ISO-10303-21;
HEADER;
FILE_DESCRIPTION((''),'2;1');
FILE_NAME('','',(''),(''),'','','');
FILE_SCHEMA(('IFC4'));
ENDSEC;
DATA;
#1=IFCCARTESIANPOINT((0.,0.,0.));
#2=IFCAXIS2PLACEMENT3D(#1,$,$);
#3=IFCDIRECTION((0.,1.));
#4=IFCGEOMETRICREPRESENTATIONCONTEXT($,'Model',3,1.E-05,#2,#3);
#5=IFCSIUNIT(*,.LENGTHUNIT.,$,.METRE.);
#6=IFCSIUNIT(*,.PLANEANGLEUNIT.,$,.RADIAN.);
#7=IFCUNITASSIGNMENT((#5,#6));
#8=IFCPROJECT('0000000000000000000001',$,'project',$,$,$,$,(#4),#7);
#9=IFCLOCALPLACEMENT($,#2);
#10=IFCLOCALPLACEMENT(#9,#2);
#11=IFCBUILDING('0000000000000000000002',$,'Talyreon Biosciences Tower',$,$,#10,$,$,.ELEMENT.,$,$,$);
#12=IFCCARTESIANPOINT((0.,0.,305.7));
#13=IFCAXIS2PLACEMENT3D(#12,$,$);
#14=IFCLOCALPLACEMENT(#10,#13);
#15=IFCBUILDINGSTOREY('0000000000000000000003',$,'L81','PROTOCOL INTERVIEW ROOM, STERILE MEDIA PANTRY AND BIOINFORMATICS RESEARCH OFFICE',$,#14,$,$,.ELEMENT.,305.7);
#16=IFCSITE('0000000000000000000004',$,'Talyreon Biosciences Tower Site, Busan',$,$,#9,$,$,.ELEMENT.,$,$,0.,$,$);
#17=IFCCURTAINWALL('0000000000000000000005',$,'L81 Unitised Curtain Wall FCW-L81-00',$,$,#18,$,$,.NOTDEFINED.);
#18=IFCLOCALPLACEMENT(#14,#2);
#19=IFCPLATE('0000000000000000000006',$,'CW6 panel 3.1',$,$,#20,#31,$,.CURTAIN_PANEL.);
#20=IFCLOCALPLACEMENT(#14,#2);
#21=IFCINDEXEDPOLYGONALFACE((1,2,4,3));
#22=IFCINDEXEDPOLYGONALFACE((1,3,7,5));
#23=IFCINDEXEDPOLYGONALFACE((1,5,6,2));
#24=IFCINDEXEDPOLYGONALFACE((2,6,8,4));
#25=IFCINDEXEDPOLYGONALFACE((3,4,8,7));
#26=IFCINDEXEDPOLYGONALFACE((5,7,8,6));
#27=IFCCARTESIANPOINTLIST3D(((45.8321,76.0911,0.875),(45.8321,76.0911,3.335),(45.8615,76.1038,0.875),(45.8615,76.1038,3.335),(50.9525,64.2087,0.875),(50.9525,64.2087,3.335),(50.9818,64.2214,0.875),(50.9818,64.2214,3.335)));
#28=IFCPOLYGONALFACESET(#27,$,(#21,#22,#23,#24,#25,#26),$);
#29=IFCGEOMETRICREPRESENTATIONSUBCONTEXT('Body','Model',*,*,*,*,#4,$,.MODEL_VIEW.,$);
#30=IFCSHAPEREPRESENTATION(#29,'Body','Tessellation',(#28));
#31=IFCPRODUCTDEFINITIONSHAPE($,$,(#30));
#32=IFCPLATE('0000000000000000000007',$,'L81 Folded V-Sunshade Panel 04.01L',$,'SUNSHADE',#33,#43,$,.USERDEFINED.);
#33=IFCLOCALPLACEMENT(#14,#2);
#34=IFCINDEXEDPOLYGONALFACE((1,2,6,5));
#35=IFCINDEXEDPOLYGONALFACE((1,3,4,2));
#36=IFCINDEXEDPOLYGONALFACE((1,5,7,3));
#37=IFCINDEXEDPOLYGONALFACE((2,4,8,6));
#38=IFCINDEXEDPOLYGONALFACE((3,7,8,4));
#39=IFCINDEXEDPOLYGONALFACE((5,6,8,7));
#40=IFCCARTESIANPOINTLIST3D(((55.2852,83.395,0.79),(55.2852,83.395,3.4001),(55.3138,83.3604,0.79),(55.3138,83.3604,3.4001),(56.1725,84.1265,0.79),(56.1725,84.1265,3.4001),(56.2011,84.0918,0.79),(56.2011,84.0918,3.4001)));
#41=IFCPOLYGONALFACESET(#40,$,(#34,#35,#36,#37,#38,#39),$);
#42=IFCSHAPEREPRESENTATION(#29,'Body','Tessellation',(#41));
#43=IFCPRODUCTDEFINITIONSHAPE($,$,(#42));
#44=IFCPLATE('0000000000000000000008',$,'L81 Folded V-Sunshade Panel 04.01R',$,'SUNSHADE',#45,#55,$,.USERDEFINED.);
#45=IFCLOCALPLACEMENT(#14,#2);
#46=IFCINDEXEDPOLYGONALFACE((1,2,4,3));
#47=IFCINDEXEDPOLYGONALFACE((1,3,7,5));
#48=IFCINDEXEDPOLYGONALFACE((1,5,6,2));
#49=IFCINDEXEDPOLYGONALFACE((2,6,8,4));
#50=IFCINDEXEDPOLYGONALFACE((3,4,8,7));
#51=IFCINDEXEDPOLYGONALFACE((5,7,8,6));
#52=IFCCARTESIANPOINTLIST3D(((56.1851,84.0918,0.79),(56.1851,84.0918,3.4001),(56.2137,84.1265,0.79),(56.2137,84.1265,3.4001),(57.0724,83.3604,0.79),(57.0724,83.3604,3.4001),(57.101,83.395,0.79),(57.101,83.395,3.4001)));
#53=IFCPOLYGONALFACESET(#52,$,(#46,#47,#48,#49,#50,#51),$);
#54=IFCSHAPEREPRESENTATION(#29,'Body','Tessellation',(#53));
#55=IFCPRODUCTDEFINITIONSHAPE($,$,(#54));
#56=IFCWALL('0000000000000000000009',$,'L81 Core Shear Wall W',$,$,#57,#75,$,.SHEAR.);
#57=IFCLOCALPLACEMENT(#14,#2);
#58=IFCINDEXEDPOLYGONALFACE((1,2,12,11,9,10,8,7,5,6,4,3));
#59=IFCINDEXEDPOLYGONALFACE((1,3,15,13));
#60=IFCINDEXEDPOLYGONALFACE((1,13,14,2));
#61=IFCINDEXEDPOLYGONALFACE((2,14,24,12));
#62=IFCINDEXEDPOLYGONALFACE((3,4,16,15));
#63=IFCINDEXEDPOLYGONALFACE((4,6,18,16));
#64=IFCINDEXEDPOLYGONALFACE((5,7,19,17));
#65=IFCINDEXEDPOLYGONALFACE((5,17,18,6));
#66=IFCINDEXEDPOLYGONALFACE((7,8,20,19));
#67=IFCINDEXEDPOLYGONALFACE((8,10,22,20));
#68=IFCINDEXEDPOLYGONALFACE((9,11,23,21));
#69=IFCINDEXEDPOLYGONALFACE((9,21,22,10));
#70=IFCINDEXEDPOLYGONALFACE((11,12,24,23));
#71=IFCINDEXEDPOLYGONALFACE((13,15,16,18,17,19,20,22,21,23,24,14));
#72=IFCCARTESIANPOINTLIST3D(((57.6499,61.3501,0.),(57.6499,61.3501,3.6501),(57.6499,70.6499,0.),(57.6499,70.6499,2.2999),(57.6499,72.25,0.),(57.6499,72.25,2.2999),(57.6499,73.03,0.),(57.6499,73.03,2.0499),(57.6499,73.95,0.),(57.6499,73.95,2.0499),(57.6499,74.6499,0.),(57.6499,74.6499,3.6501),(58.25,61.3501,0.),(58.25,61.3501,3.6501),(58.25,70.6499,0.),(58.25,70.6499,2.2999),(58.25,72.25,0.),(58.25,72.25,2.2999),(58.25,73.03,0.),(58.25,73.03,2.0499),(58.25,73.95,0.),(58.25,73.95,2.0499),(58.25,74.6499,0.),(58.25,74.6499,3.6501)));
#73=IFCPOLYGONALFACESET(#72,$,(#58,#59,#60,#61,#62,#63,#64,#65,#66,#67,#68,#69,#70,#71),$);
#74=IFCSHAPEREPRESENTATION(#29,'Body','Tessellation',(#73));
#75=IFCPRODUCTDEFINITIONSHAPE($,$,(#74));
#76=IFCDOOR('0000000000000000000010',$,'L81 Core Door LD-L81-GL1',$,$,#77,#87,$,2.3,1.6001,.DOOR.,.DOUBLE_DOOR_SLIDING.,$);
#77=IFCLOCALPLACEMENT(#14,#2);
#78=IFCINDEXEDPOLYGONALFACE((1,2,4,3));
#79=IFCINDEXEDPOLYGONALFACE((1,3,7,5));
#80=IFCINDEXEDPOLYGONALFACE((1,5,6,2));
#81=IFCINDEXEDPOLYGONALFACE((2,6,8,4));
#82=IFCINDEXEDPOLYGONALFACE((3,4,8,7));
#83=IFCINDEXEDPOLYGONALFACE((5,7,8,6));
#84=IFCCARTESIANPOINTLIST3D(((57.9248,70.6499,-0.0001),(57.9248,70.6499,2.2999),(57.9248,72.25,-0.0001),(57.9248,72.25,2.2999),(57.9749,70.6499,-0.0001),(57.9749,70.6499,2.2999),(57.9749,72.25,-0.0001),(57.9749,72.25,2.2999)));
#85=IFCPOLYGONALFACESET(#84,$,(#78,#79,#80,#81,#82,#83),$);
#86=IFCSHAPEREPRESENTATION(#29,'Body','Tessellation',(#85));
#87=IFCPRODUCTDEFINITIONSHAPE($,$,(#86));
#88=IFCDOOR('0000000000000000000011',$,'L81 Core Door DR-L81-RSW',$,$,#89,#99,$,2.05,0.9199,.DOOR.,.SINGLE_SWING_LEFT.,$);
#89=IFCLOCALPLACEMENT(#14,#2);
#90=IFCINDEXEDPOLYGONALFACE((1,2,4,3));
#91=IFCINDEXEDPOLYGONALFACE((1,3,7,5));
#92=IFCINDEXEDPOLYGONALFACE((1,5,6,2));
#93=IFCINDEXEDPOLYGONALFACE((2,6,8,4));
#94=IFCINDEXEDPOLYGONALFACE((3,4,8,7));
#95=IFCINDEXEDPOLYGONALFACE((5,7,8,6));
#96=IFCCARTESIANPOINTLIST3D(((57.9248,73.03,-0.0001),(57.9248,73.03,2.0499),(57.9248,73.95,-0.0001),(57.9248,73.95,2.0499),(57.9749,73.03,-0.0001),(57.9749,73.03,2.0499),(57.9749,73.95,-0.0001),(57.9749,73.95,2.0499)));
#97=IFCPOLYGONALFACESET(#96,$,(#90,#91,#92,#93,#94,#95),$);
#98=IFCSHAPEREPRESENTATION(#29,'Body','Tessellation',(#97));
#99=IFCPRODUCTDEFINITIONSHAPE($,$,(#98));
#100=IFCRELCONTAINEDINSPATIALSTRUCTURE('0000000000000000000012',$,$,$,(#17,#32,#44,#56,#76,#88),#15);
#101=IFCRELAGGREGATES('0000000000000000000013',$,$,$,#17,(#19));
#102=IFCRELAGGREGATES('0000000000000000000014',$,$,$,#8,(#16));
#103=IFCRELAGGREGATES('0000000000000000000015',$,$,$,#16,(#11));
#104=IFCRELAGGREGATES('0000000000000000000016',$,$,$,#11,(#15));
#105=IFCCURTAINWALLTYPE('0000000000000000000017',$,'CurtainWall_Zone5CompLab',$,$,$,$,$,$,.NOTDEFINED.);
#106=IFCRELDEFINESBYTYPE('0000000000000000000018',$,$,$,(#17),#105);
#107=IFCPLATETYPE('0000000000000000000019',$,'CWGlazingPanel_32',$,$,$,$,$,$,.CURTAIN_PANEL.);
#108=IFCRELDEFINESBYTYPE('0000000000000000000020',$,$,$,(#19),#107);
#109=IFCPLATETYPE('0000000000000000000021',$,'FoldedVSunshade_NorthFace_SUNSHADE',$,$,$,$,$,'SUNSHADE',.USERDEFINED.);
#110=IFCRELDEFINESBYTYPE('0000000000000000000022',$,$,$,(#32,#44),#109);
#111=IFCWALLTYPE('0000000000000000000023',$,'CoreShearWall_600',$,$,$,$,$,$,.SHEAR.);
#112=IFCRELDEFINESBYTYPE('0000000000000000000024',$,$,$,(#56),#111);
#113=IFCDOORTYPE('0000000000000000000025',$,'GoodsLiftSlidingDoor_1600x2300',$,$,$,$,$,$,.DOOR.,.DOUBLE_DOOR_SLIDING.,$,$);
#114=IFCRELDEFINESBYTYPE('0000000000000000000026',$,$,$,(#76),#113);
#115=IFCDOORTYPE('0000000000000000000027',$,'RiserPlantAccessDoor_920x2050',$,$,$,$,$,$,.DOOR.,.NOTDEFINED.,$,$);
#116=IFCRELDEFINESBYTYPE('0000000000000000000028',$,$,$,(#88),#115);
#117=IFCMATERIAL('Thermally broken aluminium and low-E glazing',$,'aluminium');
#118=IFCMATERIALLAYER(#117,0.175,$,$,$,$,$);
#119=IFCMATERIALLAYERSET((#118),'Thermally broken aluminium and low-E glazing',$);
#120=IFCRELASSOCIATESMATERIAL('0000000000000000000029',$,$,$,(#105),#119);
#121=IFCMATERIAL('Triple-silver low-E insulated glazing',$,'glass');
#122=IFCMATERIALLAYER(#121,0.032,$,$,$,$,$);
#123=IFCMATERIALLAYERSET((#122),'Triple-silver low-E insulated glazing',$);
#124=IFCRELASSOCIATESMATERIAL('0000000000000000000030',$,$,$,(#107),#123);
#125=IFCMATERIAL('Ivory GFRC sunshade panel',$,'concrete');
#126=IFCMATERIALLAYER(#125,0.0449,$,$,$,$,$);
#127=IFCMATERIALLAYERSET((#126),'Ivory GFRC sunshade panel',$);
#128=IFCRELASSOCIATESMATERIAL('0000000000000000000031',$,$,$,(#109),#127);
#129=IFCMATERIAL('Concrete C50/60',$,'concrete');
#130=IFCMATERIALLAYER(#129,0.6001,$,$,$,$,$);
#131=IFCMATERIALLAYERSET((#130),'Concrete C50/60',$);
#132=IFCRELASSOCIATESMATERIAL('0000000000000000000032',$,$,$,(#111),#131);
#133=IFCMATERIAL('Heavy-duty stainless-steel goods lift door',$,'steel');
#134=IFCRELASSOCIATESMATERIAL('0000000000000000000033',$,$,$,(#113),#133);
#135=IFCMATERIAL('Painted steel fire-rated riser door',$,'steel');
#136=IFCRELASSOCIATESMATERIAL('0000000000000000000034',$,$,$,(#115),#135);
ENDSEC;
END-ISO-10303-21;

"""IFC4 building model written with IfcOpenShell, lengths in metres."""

from ifc_helpers import new_model, si_unit, direction, frame, frame_2d, origin, origin_2d, place, context, subcontext, project, spatial, rectangle, extrude, material, layer, layer_set, type_object, element, fill, aggregate, save


model = new_model("IFC4")

# Units and contexts
model_context = context("Model", 3, precision=1e-05, world=origin(), true_north=direction((0.0, 1.0)))
body_context = subcontext(model_context, "Body", "Model", "MODEL_VIEW")
ifc_project = project(units=[si_unit("LENGTHUNIT", "METRE"), si_unit("PLANEANGLEUNIT", "RADIAN")], contexts=[model_context])

# Site, building, storey
site_placement = place(None, origin())
site = spatial("IfcSite", under=ifc_project, at=site_placement, Name="Talyreon Biosciences Tower Site, Busan", CompositionType="ELEMENT", RefElevation=0.0)
building_placement = place(site_placement, origin())
building = spatial("IfcBuilding", under=site, at=building_placement, Name="Talyreon Biosciences Tower", CompositionType="ELEMENT")
storey_placement = place(building_placement, frame((0.0, 0.0, 305.7)))
storey = spatial("IfcBuildingStorey", under=building, at=storey_placement, Name="L81", Description="PROTOCOL INTERVIEW ROOM, STERILE MEDIA PANTRY AND BIOINFORMATICS RESEARCH OFFICE", CompositionType="ELEMENT", Elevation=305.7)

# Shared definitions
ifc_material_1 = material(Name="Concrete C50/60", Category="concrete")

# Curtain wall
ifc_material_2 = material(Name="Thermally broken aluminium and low-E glazing", Category="aluminium")
ifc_layer_1 = layer(ifc_material_2, 0.175)
ifc_layer_set_1 = layer_set([ifc_layer_1], Name="Thermally broken aluminium and low-E glazing")
curtain_wall_type = type_object("IfcCurtainWallType", Name="CurtainWall_Zone5CompLab", PredefinedType="NOTDEFINED", material=ifc_layer_set_1)
curtain_wall_1_placement = place(storey_placement, origin())
curtain_wall_1 = element("IfcCurtainWall", 1, at=curtain_wall_1_placement, inside=storey, type_object=curtain_wall_type, Name="L81 Unitised Curtain Wall FCW-L81-00", PredefinedType="NOTDEFINED")

# Plate
ifc_material_3 = material(Name="Triple-silver low-E insulated glazing", Category="glass")
ifc_layer_2 = layer(ifc_material_3, 0.032)
ifc_layer_set_2 = layer_set([ifc_layer_2], Name="Triple-silver low-E insulated glazing")
plate_type_1 = type_object("IfcPlateType", Name="CWGlazingPanel_32", PredefinedType="CURTAIN_PANEL", material=ifc_layer_set_2)
plate_placement = place(storey_placement, frame((48.407, 70.1562, 0.875), z_axis=(0.0, 0.0, 1.0), x_axis=(-0.395738, 0.918363, 0.0)))
plate = element("IfcPlate", 2, at=plate_placement, type_object=plate_type_1, Name="CW6 panel 3.1", PredefinedType="CURTAIN_PANEL", context=body_context, shape_type="SweptSolid", body=[
    extrude(rectangle(XDim=12.9387, YDim=0.032, at=origin_2d()), origin(), (0.0, 0.0, 1.0), 2.46),
])
aggregate(curtain_wall_1, [plate])

# Plates
ifc_material_4 = material(Name="Ivory GFRC sunshade panel", Category="concrete")
ifc_layer_3 = layer(ifc_material_4, 0.0449)
ifc_layer_set_3 = layer_set([ifc_layer_3], Name="Ivory GFRC sunshade panel")
plate_type_2 = type_object("IfcPlateType", Name="FoldedVSunshade_NorthFace_SUNSHADE", ElementType="SUNSHADE", PredefinedType="USERDEFINED", material=ifc_layer_set_3)
for number, where, z_axis, x_axis, name in (
    (3, (55.7432, 83.7434, 0.79), (0.0, 0.0, 1.0), (0.771625, 0.636078, 0.0), "L81 Folded V-Sunshade Panel 04.01L"),
    (4, (56.6431, 83.7434, 0.79), (0.0, 0.0, 1.0), (0.771625, -0.636078, 0.0), "L81 Folded V-Sunshade Panel 04.01R"),
):
    element("IfcPlate", number, at=place(storey_placement, frame(where, z_axis=z_axis, x_axis=x_axis)), inside=storey, type_object=plate_type_2, Name=name, ObjectType="SUNSHADE", PredefinedType="USERDEFINED", context=body_context, shape_type="SweptSolid", body=[
        extrude(rectangle(XDim=1.1499, YDim=0.0449, at=origin_2d()), origin(), (0.0, 0.0, 1.0), 2.6101),
    ])

# Wall, openings, doors
ifc_layer_4 = layer(ifc_material_1, 0.6001)
ifc_layer_set_4 = layer_set([ifc_layer_4], Name="Concrete C50/60")
wall_type_1 = type_object("IfcWallType", Name="CoreShearWall_600", PredefinedType="SHEAR", material=ifc_layer_set_4)
wall_1_placement = place(storey_placement, frame((57.95, 74.6499, 0.0), z_axis=(0.0, 0.0, 1.0), x_axis=(0.0, -1.0, 0.0)))
wall_1 = element("IfcWall", 5, at=wall_1_placement, inside=storey, type_object=wall_type_1, Name="L81 Core Shear Wall W", PredefinedType="SHEAR", context=body_context, shape_type="SweptSolid", body=[
    extrude(rectangle(XDim=13.2998, YDim=0.6001, at=frame_2d((6.6499, 0.0))), origin(), (0.0, 0.0, 1.0), 3.6501),
])
opening_1_placement = place(wall_1_placement, frame((0.7, 0.0, 0.0)))
opening_1 = element("IfcOpeningElement", 6, at=opening_1_placement, cuts=wall_1, PredefinedType="OPENING", context=body_context, shape_type="SweptSolid", body=[
    extrude(rectangle(XDim=0.9199, YDim=2.05, at=frame_2d((0.46, 1.0249))), frame((0.0, 0.3101, 0.0), z_axis=(0.0, -1.0, 0.0), x_axis=(1.0, 0.0, 0.0)), (0.0, 0.0, 1.0), 0.6201),
])
opening_2_placement = place(wall_1_placement, frame((2.3999, 0.0, 0.0)))
opening_2 = element("IfcOpeningElement", 7, at=opening_2_placement, cuts=wall_1, PredefinedType="OPENING", context=body_context, shape_type="SweptSolid", body=[
    extrude(rectangle(XDim=1.6001, YDim=2.3, at=frame_2d((0.8, 1.1499))), frame((0.0, 0.3101, 0.0), z_axis=(0.0, -1.0, 0.0), x_axis=(1.0, 0.0, 0.0)), (0.0, 0.0, 1.0), 0.6201),
])
ifc_material_5 = material(Name="Heavy-duty stainless-steel goods lift door", Category="steel")
door_type_1 = type_object("IfcDoorType", Name="GoodsLiftSlidingDoor_1600x2300", OperationType="DOUBLE_DOOR_SLIDING", PredefinedType="DOOR", material=ifc_material_5)
door_1_placement = place(opening_2_placement, origin())
door_1 = element("IfcDoor", 8, at=door_1_placement, inside=storey, type_object=door_type_1, Name="L81 Core Door LD-L81-GL1", OperationType="DOUBLE_DOOR_SLIDING", OverallHeight=2.3, OverallWidth=1.6001, PredefinedType="DOOR", context=body_context, shape_type="SweptSolid", body=[
    extrude(rectangle(XDim=1.6001, YDim=2.3, at=frame_2d((0.8, 1.1499))), frame((0.0, 0.0249, 0.0), z_axis=(0.0, -1.0, 0.0), x_axis=(1.0, 0.0, 0.0)), (0.0, 0.0, 1.0), 0.05),
])
fill(opening_2, door_1)
ifc_material_6 = material(Name="Painted steel fire-rated riser door", Category="steel")
door_type_2 = type_object("IfcDoorType", Name="RiserPlantAccessDoor_920x2050", OperationType="NOTDEFINED", PredefinedType="DOOR", material=ifc_material_6)
door_2_placement = place(opening_1_placement, origin())
door_2 = element("IfcDoor", 9, at=door_2_placement, inside=storey, type_object=door_type_2, Name="L81 Core Door DR-L81-RSW", OperationType="SINGLE_SWING_LEFT", OverallHeight=2.05, OverallWidth=0.9199, PredefinedType="DOOR", context=body_context, shape_type="SweptSolid", body=[
    extrude(rectangle(XDim=0.9199, YDim=2.05, at=frame_2d((0.46, 1.0249))), frame((0.0, 0.0249, 0.0), z_axis=(0.0, -1.0, 0.0), x_axis=(1.0, 0.0, 0.0)), (0.0, 0.0, 1.0), 0.05),
])
fill(opening_1, door_2)

save(model, "model.ifc")
